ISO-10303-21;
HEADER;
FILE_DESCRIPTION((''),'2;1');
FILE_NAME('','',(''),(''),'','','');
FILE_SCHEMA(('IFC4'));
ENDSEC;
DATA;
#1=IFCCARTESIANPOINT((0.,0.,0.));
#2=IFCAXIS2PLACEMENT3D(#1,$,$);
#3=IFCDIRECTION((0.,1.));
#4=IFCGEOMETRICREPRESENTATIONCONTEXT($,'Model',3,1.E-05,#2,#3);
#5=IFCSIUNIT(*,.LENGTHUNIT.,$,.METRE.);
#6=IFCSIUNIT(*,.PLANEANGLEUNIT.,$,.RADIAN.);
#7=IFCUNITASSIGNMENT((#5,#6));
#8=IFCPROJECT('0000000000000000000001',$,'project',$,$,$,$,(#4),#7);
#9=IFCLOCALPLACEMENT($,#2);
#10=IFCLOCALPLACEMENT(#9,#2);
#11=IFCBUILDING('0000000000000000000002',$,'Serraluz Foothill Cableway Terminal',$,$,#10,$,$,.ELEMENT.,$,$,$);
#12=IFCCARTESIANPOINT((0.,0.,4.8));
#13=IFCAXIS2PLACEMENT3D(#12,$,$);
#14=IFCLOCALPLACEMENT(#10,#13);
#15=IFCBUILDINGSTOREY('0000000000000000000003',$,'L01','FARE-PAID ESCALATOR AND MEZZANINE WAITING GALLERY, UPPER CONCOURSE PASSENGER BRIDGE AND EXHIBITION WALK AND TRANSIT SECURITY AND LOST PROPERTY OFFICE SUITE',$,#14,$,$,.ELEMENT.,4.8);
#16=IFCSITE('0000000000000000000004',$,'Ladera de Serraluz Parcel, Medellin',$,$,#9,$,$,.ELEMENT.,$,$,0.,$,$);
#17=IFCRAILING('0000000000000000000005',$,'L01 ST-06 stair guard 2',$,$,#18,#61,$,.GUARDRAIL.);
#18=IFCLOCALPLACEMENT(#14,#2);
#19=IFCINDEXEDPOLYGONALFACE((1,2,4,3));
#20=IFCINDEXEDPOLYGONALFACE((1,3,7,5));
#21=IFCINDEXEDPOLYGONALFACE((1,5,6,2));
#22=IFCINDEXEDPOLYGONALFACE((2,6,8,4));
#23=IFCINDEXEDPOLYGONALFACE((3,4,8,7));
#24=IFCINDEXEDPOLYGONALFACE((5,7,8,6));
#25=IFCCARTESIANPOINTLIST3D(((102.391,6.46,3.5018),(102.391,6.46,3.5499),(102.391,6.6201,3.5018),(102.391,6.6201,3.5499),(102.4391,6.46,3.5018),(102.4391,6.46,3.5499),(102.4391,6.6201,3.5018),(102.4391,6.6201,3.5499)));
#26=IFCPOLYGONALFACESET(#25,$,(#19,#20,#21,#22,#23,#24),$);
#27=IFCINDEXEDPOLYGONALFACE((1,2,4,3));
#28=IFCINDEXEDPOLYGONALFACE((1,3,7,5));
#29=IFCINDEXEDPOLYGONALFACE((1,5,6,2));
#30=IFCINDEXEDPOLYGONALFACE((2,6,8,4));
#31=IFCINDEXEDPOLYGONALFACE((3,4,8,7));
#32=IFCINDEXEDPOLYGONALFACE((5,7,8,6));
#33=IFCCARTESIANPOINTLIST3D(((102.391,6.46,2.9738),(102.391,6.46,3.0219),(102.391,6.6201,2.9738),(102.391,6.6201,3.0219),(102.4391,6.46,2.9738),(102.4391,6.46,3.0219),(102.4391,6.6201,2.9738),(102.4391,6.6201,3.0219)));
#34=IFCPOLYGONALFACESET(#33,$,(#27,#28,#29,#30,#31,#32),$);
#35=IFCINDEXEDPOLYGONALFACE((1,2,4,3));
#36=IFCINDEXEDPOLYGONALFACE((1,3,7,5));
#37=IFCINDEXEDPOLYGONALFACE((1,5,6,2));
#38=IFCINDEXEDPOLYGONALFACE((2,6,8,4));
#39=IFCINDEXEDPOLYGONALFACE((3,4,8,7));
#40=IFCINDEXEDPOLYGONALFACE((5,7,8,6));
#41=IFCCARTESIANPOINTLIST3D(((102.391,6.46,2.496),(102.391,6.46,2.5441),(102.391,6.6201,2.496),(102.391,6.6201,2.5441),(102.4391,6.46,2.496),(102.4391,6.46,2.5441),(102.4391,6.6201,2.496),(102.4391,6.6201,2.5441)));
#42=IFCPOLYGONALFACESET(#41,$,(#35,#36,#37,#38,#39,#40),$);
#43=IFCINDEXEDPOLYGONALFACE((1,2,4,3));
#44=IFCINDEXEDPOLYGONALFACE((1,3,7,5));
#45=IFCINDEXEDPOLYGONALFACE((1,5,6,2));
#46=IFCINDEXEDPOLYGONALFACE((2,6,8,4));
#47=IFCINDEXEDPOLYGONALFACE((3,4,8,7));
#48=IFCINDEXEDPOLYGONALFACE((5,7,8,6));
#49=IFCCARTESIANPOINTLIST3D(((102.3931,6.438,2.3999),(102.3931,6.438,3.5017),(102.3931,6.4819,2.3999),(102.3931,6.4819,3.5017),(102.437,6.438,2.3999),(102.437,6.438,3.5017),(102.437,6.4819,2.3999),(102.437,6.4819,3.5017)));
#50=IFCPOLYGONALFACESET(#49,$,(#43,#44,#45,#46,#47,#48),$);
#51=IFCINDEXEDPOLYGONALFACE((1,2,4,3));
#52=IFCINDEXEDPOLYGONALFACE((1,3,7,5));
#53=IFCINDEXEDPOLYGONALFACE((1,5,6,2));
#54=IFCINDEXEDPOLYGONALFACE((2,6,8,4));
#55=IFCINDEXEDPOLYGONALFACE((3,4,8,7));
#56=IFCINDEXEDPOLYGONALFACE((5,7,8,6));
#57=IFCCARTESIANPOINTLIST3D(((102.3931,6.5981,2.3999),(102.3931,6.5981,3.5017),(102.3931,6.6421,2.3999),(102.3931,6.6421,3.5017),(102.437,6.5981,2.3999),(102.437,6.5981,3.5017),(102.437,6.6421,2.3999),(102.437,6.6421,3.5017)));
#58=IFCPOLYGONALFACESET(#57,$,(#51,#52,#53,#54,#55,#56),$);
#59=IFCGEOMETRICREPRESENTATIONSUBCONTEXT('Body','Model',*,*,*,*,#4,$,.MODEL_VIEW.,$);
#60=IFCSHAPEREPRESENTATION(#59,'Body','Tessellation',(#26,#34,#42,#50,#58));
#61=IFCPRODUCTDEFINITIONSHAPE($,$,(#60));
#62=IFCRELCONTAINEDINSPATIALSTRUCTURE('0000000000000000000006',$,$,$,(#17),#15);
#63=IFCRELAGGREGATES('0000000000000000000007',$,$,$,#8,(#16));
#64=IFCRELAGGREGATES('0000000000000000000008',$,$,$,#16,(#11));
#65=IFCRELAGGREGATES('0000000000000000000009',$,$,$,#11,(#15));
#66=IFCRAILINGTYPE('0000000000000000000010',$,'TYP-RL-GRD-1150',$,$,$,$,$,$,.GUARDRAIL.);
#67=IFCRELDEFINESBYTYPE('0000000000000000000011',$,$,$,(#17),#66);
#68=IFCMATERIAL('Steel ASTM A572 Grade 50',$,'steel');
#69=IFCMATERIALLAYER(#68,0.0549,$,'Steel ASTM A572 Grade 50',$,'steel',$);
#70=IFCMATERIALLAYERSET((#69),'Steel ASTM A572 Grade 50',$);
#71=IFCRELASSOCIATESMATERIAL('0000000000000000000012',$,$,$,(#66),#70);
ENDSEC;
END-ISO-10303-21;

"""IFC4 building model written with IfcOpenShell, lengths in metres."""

from ifc_helpers import new_model, si_unit, direction, frame, origin, origin_2d, place, context, subcontext, project, spatial, rectangle, extrude, material, layer, layer_set, type_object, element, save


model = new_model("IFC4")

# Units and contexts
model_context = context("Model", 3, precision=1e-05, world=origin(), true_north=direction((0.0, 1.0)))
body_context = subcontext(model_context, "Body", "Model", "MODEL_VIEW")
ifc_project = project(units=[si_unit("LENGTHUNIT", "METRE"), si_unit("PLANEANGLEUNIT", "RADIAN")], contexts=[model_context])

# Site, building, storey
site_placement = place(None, origin())
site = spatial("IfcSite", under=ifc_project, at=site_placement, Name="Ladera de Serraluz Parcel, Medellin", CompositionType="ELEMENT", RefElevation=0.0)
building_placement = place(site_placement, origin())
building = spatial("IfcBuilding", under=site, at=building_placement, Name="Serraluz Foothill Cableway Terminal", CompositionType="ELEMENT")
storey_placement = place(building_placement, frame((0.0, 0.0, 4.8)))
storey = spatial("IfcBuildingStorey", under=building, at=storey_placement, Name="L01", Description="FARE-PAID ESCALATOR AND MEZZANINE WAITING GALLERY, UPPER CONCOURSE PASSENGER BRIDGE AND EXHIBITION WALK AND TRANSIT SECURITY AND LOST PROPERTY OFFICE SUITE", CompositionType="ELEMENT", Elevation=4.8)

# Railing
ifc_material_1 = material(Name="Steel ASTM A572 Grade 50", Category="steel")
ifc_layer_1 = layer(ifc_material_1, 0.0549, Name="Steel ASTM A572 Grade 50", Category="steel")
ifc_layer_set_1 = layer_set([ifc_layer_1], Name="Steel ASTM A572 Grade 50")
railing_type_1 = type_object("IfcRailingType", Name="TYP-RL-GRD-1150", PredefinedType="GUARDRAIL", material=ifc_layer_set_1)
railing_1_placement = place(storey_placement, frame((102.415, 6.46, 2.3999)))
element("IfcRailing", 1, at=railing_1_placement, inside=storey, type_object=railing_type_1, Name="L01 ST-06 stair guard 2", PredefinedType="GUARDRAIL", context=body_context, shape_type="SweptSolid", body=[
    extrude(rectangle(XDim=0.0481, YDim=0.0481, at=origin_2d()), frame((0.0, 0.0, 1.126), z_axis=(0.0, 1.0, 0.0), x_axis=(-1.0, 0.0, 0.0)), (0.0, 0.0, 1.0), 0.1602),
    extrude(rectangle(XDim=0.0481, YDim=0.0481, at=origin_2d()), frame((0.0, 0.0, 0.5979), z_axis=(0.0, 1.0, 0.0), x_axis=(-1.0, 0.0, 0.0)), (0.0, 0.0, 1.0), 0.1602),
    extrude(rectangle(XDim=0.0481, YDim=0.0481, at=origin_2d()), frame((0.0, 0.0, 0.1201), z_axis=(0.0, 1.0, 0.0), x_axis=(-1.0, 0.0, 0.0)), (0.0, 0.0, 1.0), 0.1602),
    extrude(rectangle(XDim=0.0439, YDim=0.0439, at=origin_2d()), origin(), (0.0, 0.0, 1.0), 1.1018),
    extrude(rectangle(XDim=0.0439, YDim=0.0439, at=origin_2d()), frame((0.0, 0.1602, 0.0)), (0.0, 0.0, 1.0), 1.1018),
])

save(model, "model.ifc")
